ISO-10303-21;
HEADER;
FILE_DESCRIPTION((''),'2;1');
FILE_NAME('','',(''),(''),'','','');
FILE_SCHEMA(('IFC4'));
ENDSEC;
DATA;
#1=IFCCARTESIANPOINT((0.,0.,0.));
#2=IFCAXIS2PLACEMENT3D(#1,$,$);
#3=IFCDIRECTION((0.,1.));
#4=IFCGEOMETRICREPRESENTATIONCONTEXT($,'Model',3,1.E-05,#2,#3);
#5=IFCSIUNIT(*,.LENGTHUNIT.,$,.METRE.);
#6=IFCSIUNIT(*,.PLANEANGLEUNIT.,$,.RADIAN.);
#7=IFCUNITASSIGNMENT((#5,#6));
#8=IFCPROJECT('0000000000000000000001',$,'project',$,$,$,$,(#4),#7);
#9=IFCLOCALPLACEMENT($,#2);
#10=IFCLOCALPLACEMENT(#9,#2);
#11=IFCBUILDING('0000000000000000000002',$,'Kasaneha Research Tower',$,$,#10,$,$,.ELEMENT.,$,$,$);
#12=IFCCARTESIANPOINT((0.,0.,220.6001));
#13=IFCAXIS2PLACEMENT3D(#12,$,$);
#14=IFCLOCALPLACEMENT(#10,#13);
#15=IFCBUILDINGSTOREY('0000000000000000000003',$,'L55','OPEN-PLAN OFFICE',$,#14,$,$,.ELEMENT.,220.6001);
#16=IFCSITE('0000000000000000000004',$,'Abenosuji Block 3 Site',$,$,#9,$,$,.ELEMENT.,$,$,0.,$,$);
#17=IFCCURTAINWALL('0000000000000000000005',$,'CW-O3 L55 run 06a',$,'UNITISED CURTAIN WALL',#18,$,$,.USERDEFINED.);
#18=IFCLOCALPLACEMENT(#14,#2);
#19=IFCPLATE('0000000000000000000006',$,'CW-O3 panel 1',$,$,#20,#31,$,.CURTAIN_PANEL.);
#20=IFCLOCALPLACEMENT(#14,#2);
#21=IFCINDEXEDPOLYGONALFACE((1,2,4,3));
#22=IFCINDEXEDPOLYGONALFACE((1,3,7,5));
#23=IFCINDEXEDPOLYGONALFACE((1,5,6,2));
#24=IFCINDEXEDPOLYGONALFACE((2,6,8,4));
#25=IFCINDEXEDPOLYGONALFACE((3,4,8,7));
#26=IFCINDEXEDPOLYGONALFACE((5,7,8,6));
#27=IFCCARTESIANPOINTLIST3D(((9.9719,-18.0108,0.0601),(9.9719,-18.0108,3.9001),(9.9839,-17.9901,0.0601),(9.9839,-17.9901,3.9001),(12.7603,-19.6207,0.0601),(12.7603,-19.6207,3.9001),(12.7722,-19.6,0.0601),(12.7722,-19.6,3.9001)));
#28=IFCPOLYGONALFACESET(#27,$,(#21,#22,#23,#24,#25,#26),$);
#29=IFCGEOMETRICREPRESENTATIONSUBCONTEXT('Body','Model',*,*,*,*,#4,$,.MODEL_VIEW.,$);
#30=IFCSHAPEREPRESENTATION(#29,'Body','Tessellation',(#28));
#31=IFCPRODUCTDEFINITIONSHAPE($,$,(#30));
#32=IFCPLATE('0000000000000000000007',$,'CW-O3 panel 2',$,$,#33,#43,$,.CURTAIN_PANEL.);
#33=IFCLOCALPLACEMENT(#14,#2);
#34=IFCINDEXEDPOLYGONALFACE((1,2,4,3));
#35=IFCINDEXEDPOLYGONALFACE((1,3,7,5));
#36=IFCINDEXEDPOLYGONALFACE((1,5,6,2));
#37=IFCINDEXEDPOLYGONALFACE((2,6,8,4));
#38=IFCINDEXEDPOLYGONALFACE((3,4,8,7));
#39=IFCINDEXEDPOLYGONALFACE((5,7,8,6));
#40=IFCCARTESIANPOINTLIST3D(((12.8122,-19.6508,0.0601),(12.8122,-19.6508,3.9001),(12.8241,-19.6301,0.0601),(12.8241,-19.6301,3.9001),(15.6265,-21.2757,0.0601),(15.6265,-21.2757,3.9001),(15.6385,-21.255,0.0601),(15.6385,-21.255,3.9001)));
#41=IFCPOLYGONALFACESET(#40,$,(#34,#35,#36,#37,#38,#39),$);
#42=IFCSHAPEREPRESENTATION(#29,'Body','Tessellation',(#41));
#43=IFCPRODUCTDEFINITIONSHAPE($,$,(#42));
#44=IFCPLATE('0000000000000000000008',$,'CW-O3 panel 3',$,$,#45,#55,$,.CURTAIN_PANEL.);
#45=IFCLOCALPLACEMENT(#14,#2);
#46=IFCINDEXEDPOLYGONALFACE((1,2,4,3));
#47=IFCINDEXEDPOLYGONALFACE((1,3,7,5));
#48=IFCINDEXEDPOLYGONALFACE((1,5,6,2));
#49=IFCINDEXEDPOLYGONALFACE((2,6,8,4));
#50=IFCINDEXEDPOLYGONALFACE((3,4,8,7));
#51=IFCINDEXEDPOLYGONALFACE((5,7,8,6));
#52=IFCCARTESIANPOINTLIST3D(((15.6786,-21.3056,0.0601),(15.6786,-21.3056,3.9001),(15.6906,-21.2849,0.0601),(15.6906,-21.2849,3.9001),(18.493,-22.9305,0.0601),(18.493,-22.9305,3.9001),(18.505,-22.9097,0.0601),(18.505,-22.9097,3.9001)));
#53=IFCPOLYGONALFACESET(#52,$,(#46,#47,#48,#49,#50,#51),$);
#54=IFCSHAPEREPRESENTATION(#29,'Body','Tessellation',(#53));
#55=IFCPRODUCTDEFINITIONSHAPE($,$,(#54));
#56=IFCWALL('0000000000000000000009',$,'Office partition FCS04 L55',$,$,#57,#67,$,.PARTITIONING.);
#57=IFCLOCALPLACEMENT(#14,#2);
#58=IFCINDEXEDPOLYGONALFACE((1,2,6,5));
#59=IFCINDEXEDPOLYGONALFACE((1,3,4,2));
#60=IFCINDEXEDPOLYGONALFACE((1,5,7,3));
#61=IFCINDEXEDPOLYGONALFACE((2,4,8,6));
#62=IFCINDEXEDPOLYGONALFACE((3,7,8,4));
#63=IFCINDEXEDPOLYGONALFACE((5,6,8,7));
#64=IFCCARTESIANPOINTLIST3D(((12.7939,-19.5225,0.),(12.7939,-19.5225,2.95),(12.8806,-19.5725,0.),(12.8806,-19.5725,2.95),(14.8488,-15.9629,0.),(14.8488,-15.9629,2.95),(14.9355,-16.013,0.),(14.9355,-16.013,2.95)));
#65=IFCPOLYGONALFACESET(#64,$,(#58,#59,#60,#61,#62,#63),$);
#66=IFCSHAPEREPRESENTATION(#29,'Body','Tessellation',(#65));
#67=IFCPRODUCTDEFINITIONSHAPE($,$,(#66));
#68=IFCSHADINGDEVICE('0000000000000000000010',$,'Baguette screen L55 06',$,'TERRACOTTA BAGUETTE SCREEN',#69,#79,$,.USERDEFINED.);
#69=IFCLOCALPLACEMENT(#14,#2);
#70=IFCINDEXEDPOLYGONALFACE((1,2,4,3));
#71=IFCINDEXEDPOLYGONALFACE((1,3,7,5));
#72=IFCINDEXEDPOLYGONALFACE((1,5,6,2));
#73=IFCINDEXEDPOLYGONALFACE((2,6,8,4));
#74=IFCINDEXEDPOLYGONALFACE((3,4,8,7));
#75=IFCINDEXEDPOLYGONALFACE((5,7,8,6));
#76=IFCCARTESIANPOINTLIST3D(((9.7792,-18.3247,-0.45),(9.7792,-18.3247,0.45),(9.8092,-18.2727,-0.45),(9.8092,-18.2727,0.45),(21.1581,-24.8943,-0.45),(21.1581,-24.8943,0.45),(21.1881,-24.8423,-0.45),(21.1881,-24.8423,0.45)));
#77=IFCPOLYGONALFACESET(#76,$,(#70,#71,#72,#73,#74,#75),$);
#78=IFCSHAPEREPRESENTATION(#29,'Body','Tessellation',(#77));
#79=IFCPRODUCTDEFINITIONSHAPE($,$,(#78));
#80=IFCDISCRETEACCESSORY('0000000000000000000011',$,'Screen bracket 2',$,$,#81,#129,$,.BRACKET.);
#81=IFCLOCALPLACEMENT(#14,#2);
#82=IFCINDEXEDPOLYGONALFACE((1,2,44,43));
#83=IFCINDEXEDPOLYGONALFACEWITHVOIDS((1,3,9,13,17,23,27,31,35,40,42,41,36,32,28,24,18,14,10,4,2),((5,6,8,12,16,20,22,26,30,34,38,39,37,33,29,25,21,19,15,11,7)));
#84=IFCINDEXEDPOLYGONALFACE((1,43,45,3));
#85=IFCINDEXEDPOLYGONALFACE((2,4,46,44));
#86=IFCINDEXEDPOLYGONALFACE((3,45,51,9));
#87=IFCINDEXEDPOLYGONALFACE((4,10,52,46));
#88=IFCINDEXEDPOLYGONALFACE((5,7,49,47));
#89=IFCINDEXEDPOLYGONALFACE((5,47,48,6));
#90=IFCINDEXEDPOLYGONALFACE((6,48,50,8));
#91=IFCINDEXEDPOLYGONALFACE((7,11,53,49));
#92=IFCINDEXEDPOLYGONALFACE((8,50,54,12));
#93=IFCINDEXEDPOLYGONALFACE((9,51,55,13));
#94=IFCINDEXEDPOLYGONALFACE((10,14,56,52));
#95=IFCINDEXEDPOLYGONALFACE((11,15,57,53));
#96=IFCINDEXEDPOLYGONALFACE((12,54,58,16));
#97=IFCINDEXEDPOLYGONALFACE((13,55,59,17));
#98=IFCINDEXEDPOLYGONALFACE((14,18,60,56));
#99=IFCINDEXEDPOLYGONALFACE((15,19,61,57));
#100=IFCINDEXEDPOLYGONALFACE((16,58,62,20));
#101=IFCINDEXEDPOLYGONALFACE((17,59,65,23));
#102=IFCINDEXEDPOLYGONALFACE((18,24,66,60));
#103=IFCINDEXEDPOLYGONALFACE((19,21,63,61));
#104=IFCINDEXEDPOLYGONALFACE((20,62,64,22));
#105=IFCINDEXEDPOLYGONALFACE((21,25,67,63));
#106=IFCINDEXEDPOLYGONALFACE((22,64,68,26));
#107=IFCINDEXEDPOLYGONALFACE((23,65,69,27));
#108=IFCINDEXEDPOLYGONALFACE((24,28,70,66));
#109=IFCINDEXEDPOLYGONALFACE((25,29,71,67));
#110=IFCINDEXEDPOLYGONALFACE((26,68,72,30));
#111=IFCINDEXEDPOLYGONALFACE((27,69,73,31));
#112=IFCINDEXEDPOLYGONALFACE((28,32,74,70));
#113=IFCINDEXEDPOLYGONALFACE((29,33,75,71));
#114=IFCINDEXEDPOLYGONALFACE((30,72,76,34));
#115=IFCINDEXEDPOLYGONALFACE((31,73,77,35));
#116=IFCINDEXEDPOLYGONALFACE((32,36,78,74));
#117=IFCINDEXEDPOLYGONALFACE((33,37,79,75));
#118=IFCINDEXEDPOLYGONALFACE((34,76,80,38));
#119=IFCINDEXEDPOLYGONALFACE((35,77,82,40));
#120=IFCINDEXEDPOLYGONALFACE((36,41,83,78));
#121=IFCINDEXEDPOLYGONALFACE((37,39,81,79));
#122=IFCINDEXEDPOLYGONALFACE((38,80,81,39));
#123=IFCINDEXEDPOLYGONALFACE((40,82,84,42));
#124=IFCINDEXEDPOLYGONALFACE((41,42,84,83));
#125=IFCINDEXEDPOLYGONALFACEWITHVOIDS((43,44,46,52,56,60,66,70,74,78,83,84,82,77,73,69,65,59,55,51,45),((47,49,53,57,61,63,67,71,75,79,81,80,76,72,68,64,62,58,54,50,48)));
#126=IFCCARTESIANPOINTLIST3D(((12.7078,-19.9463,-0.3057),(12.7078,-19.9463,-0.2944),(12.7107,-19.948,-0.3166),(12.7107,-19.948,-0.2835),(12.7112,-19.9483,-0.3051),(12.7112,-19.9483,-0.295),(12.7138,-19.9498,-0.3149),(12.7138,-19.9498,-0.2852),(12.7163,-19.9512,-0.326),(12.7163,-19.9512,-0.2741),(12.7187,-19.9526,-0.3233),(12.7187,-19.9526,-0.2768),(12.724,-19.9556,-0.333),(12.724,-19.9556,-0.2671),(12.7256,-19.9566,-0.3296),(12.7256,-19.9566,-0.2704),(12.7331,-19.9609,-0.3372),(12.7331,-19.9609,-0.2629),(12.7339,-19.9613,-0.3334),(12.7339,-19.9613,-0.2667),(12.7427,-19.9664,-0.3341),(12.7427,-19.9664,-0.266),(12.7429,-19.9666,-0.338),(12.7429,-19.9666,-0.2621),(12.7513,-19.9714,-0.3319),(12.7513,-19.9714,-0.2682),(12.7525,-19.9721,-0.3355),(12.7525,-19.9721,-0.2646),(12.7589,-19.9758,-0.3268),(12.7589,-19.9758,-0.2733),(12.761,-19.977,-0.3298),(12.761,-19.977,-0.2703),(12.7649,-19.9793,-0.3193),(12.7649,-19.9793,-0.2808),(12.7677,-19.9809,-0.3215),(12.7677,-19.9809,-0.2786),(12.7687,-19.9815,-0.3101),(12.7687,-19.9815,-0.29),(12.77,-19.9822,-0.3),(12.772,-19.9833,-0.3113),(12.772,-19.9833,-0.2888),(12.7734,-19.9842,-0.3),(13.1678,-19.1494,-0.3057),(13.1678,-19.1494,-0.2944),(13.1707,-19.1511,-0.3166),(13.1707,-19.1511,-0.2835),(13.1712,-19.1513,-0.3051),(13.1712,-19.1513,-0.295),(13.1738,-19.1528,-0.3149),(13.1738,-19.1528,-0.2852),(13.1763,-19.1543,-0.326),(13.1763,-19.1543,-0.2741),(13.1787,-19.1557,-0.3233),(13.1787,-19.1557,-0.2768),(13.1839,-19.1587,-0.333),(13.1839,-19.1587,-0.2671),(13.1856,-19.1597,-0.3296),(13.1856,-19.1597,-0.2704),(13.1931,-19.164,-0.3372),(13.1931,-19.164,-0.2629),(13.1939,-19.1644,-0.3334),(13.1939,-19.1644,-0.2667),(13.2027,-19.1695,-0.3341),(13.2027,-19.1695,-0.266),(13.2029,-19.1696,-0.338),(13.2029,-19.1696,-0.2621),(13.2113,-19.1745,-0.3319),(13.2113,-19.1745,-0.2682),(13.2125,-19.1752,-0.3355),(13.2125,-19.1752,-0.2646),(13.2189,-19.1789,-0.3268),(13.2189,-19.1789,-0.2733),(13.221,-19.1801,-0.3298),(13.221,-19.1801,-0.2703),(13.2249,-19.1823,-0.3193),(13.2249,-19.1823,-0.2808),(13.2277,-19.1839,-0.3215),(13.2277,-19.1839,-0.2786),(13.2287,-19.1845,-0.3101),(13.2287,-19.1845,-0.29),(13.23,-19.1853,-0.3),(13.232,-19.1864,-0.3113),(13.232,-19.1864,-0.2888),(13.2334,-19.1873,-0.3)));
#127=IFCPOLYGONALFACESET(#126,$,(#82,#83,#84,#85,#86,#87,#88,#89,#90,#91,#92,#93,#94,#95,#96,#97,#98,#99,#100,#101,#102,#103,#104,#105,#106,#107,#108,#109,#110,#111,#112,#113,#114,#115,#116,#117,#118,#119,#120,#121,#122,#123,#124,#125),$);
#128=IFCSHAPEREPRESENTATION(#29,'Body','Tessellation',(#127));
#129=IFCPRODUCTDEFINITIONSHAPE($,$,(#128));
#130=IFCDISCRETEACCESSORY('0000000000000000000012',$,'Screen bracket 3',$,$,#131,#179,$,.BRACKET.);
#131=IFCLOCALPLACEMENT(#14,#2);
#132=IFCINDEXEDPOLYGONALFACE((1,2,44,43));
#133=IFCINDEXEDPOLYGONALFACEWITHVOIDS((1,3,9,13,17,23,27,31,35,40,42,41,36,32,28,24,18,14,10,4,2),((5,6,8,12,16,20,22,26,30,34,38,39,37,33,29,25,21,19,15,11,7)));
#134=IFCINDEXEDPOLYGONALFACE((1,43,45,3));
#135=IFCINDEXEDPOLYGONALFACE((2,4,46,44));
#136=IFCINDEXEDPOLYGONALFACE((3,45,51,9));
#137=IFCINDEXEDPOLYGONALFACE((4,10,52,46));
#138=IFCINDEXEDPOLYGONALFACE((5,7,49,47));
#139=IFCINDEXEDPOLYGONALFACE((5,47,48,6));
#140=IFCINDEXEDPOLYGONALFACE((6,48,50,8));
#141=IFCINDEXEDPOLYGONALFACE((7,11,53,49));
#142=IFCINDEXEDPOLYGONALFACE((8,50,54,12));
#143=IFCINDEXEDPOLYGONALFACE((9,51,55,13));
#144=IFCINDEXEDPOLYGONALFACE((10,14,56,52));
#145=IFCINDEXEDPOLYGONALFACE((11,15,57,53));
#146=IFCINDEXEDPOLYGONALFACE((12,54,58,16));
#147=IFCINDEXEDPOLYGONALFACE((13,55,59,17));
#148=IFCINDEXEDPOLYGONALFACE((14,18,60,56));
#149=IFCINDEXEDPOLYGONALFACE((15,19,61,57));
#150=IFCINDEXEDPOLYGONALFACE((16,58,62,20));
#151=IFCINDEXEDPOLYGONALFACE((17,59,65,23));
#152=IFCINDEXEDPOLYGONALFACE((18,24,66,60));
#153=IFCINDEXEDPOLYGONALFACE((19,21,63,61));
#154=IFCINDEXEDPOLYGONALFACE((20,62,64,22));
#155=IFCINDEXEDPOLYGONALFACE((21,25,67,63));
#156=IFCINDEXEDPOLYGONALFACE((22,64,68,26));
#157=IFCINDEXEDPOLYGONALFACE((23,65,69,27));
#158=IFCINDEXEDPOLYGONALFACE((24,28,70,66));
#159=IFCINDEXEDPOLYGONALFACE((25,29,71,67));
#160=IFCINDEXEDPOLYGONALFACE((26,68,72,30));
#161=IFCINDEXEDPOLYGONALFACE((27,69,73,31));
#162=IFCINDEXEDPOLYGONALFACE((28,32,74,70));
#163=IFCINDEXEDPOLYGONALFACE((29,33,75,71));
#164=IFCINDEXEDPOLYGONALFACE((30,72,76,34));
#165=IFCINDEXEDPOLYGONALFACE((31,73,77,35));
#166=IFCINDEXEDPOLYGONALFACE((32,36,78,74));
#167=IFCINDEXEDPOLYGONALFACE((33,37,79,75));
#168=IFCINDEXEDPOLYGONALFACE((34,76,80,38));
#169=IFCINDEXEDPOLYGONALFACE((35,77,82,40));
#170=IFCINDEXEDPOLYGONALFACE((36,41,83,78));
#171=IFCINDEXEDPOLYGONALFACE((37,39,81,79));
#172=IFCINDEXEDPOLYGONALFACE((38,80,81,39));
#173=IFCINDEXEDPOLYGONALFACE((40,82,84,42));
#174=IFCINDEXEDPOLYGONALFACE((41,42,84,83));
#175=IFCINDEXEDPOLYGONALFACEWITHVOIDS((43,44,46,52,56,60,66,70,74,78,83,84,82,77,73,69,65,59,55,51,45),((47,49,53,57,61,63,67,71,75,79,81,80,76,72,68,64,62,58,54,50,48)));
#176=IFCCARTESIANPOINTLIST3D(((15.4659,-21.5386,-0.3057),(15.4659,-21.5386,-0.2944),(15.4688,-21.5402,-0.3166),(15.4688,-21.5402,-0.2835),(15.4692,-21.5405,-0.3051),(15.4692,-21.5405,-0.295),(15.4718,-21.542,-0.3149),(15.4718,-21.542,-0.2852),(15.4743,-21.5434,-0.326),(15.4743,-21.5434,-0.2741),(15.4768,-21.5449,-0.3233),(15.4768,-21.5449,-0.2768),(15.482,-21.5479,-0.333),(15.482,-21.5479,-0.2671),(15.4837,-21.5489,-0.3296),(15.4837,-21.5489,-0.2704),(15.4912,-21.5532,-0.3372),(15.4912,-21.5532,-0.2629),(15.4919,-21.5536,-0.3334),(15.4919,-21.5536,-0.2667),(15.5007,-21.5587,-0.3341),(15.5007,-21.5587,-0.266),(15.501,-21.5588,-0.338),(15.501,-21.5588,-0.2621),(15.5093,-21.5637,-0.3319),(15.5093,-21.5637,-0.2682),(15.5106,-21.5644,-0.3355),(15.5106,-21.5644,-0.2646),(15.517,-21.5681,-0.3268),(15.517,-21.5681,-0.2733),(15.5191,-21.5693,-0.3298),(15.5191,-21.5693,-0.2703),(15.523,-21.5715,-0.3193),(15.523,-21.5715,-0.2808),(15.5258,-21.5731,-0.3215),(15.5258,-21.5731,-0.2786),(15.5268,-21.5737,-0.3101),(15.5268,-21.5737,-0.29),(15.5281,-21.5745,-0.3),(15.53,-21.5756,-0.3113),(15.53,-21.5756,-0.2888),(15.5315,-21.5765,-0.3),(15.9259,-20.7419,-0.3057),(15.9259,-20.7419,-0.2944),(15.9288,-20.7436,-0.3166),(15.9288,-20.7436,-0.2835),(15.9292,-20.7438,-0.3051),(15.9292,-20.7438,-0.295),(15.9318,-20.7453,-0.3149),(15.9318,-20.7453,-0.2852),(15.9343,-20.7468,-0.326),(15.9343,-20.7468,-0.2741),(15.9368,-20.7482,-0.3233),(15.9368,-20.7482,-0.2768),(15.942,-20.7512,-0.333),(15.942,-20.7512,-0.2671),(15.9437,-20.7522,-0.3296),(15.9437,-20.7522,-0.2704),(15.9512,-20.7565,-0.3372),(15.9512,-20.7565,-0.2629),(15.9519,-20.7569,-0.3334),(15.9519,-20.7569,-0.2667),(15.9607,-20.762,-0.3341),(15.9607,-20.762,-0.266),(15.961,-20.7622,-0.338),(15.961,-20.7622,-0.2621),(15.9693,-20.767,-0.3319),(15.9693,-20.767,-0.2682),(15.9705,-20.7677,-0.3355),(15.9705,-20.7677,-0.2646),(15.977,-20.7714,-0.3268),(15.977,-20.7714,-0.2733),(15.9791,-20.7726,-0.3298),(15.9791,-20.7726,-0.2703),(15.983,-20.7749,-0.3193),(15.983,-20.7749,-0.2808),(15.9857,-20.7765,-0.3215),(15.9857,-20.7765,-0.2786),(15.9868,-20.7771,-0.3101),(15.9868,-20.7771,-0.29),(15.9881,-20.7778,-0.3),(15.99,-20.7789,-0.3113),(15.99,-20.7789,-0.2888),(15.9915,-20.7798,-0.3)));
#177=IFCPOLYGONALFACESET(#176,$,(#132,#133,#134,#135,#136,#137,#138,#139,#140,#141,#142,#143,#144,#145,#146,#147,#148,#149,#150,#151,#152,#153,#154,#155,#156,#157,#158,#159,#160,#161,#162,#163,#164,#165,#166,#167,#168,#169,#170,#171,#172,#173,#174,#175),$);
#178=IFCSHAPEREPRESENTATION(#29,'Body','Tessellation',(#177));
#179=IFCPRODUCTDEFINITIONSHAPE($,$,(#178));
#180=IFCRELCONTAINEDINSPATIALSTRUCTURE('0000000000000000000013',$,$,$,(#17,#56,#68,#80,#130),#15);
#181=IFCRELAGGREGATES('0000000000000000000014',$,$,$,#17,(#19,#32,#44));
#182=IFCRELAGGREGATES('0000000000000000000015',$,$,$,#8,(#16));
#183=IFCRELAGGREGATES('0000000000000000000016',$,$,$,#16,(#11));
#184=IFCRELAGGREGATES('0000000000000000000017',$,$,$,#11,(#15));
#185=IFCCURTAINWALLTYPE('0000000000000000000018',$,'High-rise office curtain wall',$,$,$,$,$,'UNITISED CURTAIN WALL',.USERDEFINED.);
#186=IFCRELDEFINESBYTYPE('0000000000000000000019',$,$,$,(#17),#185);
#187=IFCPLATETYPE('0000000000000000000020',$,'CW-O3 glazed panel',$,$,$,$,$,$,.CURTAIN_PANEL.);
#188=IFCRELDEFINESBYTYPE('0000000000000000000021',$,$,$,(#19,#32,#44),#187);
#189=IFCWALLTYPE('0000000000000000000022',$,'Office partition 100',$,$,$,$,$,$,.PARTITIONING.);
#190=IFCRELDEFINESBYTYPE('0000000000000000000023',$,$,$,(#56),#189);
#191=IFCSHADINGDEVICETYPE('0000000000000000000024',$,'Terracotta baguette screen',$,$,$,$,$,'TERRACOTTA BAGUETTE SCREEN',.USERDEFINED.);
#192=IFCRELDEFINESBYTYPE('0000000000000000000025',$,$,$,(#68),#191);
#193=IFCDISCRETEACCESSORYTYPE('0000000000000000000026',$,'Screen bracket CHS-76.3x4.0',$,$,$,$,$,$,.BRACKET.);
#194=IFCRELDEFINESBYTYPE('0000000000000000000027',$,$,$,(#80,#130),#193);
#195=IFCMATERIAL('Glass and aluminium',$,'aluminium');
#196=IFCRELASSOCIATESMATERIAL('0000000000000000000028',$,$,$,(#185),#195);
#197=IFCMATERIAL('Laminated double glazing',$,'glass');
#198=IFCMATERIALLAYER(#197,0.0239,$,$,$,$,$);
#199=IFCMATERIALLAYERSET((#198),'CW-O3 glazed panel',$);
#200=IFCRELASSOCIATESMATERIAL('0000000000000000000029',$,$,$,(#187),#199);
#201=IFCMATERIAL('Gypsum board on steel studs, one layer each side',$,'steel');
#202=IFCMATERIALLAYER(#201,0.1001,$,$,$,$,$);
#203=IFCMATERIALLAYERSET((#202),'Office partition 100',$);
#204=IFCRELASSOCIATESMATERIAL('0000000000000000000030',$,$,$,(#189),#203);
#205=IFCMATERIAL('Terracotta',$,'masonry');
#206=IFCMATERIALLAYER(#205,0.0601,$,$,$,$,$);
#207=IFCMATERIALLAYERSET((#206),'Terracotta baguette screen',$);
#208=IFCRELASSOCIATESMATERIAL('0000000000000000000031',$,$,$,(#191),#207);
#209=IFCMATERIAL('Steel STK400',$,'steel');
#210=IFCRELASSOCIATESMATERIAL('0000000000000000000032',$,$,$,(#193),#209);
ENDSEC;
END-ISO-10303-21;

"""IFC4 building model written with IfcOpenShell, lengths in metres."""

from ifc_helpers import new_model, si_unit, direction, frame, frame_2d, origin, origin_2d, place, context, subcontext, project, spatial, rectangle, hollow_circle, extrude, material, layer, layer_set, material_profile, profile_set, type_object, element, aggregate, save


model = new_model("IFC4")

# Units and contexts
model_context = context("Model", 3, precision=1e-05, world=origin(), true_north=direction((0.0, 1.0)))
body_context = subcontext(model_context, "Body", "Model", "MODEL_VIEW")
ifc_project = project(units=[si_unit("LENGTHUNIT", "METRE"), si_unit("PLANEANGLEUNIT", "RADIAN")], contexts=[model_context])

# Site, building, storey
site_placement = place(None, origin())
site = spatial("IfcSite", under=ifc_project, at=site_placement, Name="Abenosuji Block 3 Site", CompositionType="ELEMENT", RefElevation=0.0)
building_placement = place(site_placement, origin())
building = spatial("IfcBuilding", under=site, at=building_placement, Name="Kasaneha Research Tower", CompositionType="ELEMENT")
storey_placement = place(building_placement, frame((0.0, 0.0, 220.6001)))
storey = spatial("IfcBuildingStorey", under=building, at=storey_placement, Name="L55", Description="OPEN-PLAN OFFICE", CompositionType="ELEMENT", Elevation=220.6001)

# Curtain wall
ifc_material_1 = material(Name="Glass and aluminium", Category="aluminium")
curtain_wall_type = type_object("IfcCurtainWallType", Name="High-rise office curtain wall", ElementType="UNITISED CURTAIN WALL", PredefinedType="USERDEFINED", material=ifc_material_1)
curtain_wall_1_placement = place(storey_placement, origin())
curtain_wall_1 = element("IfcCurtainWall", 1, at=curtain_wall_1_placement, inside=storey, type_object=curtain_wall_type, Name="CW-O3 L55 run 06a", ObjectType="UNITISED CURTAIN WALL", PredefinedType="USERDEFINED")

# Plates
ifc_material_2 = material(Name="Laminated double glazing", Category="glass")
ifc_layer_1 = layer(ifc_material_2, 0.0239)
ifc_layer_set_1 = layer_set([ifc_layer_1], Name="CW-O3 glazed panel")
plate_type = type_object("IfcPlateType", Name="CW-O3 glazed panel", PredefinedType="CURTAIN_PANEL", material=ifc_layer_set_1)
plate_1_placement = place(storey_placement, frame((11.3721, -18.8054, 0.0601), z_axis=(0.0, 0.0, 1.0), x_axis=(0.866025, -0.5, 0.0)))
plate_1 = element("IfcPlate", 2, at=plate_1_placement, type_object=plate_type, Name="CW-O3 panel 1", PredefinedType="CURTAIN_PANEL", context=body_context, shape_type="SweptSolid", body=[
    extrude(rectangle(XDim=3.2197, YDim=0.0239, at=origin_2d()), origin(), (0.0, 0.0, 1.0), 3.8401),
])
plate_2_placement = place(storey_placement, frame((14.2253, -20.4529, 0.0601), z_axis=(0.0, 0.0, 1.0), x_axis=(0.866025, -0.5, 0.0)))
plate_2 = element("IfcPlate", 3, at=plate_2_placement, type_object=plate_type, Name="CW-O3 panel 2", PredefinedType="CURTAIN_PANEL", context=body_context, shape_type="SweptSolid", body=[
    extrude(rectangle(XDim=3.2498, YDim=0.0239, at=origin_2d()), origin(), (0.0, 0.0, 1.0), 3.8401),
])
plate_3_placement = place(storey_placement, frame((17.0918, -22.1077, 0.0601), z_axis=(0.0, 0.0, 1.0), x_axis=(0.866025, -0.5, 0.0)))
plate_3 = element("IfcPlate", 4, at=plate_3_placement, type_object=plate_type, Name="CW-O3 panel 3", PredefinedType="CURTAIN_PANEL", context=body_context, shape_type="SweptSolid", body=[
    extrude(rectangle(XDim=3.2498, YDim=0.0239, at=origin_2d()), origin(), (0.0, 0.0, 1.0), 3.8401),
])
aggregate(curtain_wall_1, [plate_1, plate_2, plate_3])

# Wall
ifc_material_3 = material(Name="Gypsum board on steel studs, one layer each side", Category="steel")
ifc_layer_2 = layer(ifc_material_3, 0.1001)
ifc_layer_set_2 = layer_set([ifc_layer_2], Name="Office partition 100")
wall_type = type_object("IfcWallType", Name="Office partition 100", PredefinedType="PARTITIONING", material=ifc_layer_set_2)
wall_placement = place(storey_placement, frame((12.8372, -19.5476, 0.0), z_axis=(0.0, 0.0, 1.0), x_axis=(0.499966, 0.866045, 0.0)))
element("IfcWall", 5, at=wall_placement, inside=storey, type_object=wall_type, Name="Office partition FCS04 L55", PredefinedType="PARTITIONING", context=body_context, shape_type="SweptSolid", body=[
    extrude(rectangle(XDim=4.1101, YDim=0.1001, at=frame_2d((2.0552, 0.0))), origin(), (0.0, 0.0, 1.0), 2.95),
])

# Shading device
ifc_material_4 = material(Name="Terracotta", Category="masonry")
ifc_layer_3 = layer(ifc_material_4, 0.0601)
ifc_layer_set_3 = layer_set([ifc_layer_3], Name="Terracotta baguette screen")
shading_device_type = type_object("IfcShadingDeviceType", Name="Terracotta baguette screen", ElementType="TERRACOTTA BAGUETTE SCREEN", PredefinedType="USERDEFINED", material=ifc_layer_set_3)
shading_device_placement = place(storey_placement, frame((15.4836, -21.5835, -0.45), z_axis=(0.0, 0.0, 1.0), x_axis=(0.866025, -0.5, 0.0)))
element("IfcShadingDevice", 6, at=shading_device_placement, inside=storey, type_object=shading_device_type, Name="Baguette screen L55 06", ObjectType="TERRACOTTA BAGUETTE SCREEN", PredefinedType="USERDEFINED", context=body_context, shape_type="SweptSolid", body=[
    extrude(rectangle(XDim=13.1392, YDim=0.0601, at=origin_2d()), origin(), (0.0, 0.0, 1.0), 0.8999),
])

# Discrete accessories
ifc_material_5 = material(Name="Steel STK400", Category="steel")
ifc_material_profile_1 = material_profile(ifc_material_5, hollow_circle(Radius=0.0381, WallThickness=0.0039, at=origin_2d()), Name="CHS-76.3x4.0")
ifc_profile_set_1 = profile_set([ifc_material_profile_1], Name="Steel STK400")
discrete_accessory_type = type_object("IfcDiscreteAccessoryType", Name="Screen bracket CHS-76.3x4.0", PredefinedType="BRACKET", material=ifc_profile_set_1)
discrete_accessory_1_placement = place(storey_placement, frame((13.2004, -19.1682, -0.3), z_axis=(-0.499906, -0.86608, 0.0), x_axis=(0.86608, -0.499906, 0.0)))
element("IfcDiscreteAccessory", 7, at=discrete_accessory_1_placement, inside=storey, type_object=discrete_accessory_type, Name="Screen bracket 2", PredefinedType="BRACKET", context=body_context, shape_type="SweptSolid", body=[
    extrude(hollow_circle(Radius=0.0381, WallThickness=0.0039, at=origin_2d()), origin(), (0.0, 0.0, 1.0), 0.9202),
])
discrete_accessory_2_placement = place(storey_placement, frame((15.9585, -20.7607, -0.3), z_axis=(-0.500021, -0.866013, 0.0), x_axis=(0.866013, -0.500021, 0.0)))
element("IfcDiscreteAccessory", 8, at=discrete_accessory_2_placement, inside=storey, type_object=discrete_accessory_type, Name="Screen bracket 3", PredefinedType="BRACKET", context=body_context, shape_type="SweptSolid", body=[
    extrude(hollow_circle(Radius=0.0381, WallThickness=0.0039, at=origin_2d()), origin(), (0.0, 0.0, 1.0), 0.9199),
])

save(model, "model.ifc")
